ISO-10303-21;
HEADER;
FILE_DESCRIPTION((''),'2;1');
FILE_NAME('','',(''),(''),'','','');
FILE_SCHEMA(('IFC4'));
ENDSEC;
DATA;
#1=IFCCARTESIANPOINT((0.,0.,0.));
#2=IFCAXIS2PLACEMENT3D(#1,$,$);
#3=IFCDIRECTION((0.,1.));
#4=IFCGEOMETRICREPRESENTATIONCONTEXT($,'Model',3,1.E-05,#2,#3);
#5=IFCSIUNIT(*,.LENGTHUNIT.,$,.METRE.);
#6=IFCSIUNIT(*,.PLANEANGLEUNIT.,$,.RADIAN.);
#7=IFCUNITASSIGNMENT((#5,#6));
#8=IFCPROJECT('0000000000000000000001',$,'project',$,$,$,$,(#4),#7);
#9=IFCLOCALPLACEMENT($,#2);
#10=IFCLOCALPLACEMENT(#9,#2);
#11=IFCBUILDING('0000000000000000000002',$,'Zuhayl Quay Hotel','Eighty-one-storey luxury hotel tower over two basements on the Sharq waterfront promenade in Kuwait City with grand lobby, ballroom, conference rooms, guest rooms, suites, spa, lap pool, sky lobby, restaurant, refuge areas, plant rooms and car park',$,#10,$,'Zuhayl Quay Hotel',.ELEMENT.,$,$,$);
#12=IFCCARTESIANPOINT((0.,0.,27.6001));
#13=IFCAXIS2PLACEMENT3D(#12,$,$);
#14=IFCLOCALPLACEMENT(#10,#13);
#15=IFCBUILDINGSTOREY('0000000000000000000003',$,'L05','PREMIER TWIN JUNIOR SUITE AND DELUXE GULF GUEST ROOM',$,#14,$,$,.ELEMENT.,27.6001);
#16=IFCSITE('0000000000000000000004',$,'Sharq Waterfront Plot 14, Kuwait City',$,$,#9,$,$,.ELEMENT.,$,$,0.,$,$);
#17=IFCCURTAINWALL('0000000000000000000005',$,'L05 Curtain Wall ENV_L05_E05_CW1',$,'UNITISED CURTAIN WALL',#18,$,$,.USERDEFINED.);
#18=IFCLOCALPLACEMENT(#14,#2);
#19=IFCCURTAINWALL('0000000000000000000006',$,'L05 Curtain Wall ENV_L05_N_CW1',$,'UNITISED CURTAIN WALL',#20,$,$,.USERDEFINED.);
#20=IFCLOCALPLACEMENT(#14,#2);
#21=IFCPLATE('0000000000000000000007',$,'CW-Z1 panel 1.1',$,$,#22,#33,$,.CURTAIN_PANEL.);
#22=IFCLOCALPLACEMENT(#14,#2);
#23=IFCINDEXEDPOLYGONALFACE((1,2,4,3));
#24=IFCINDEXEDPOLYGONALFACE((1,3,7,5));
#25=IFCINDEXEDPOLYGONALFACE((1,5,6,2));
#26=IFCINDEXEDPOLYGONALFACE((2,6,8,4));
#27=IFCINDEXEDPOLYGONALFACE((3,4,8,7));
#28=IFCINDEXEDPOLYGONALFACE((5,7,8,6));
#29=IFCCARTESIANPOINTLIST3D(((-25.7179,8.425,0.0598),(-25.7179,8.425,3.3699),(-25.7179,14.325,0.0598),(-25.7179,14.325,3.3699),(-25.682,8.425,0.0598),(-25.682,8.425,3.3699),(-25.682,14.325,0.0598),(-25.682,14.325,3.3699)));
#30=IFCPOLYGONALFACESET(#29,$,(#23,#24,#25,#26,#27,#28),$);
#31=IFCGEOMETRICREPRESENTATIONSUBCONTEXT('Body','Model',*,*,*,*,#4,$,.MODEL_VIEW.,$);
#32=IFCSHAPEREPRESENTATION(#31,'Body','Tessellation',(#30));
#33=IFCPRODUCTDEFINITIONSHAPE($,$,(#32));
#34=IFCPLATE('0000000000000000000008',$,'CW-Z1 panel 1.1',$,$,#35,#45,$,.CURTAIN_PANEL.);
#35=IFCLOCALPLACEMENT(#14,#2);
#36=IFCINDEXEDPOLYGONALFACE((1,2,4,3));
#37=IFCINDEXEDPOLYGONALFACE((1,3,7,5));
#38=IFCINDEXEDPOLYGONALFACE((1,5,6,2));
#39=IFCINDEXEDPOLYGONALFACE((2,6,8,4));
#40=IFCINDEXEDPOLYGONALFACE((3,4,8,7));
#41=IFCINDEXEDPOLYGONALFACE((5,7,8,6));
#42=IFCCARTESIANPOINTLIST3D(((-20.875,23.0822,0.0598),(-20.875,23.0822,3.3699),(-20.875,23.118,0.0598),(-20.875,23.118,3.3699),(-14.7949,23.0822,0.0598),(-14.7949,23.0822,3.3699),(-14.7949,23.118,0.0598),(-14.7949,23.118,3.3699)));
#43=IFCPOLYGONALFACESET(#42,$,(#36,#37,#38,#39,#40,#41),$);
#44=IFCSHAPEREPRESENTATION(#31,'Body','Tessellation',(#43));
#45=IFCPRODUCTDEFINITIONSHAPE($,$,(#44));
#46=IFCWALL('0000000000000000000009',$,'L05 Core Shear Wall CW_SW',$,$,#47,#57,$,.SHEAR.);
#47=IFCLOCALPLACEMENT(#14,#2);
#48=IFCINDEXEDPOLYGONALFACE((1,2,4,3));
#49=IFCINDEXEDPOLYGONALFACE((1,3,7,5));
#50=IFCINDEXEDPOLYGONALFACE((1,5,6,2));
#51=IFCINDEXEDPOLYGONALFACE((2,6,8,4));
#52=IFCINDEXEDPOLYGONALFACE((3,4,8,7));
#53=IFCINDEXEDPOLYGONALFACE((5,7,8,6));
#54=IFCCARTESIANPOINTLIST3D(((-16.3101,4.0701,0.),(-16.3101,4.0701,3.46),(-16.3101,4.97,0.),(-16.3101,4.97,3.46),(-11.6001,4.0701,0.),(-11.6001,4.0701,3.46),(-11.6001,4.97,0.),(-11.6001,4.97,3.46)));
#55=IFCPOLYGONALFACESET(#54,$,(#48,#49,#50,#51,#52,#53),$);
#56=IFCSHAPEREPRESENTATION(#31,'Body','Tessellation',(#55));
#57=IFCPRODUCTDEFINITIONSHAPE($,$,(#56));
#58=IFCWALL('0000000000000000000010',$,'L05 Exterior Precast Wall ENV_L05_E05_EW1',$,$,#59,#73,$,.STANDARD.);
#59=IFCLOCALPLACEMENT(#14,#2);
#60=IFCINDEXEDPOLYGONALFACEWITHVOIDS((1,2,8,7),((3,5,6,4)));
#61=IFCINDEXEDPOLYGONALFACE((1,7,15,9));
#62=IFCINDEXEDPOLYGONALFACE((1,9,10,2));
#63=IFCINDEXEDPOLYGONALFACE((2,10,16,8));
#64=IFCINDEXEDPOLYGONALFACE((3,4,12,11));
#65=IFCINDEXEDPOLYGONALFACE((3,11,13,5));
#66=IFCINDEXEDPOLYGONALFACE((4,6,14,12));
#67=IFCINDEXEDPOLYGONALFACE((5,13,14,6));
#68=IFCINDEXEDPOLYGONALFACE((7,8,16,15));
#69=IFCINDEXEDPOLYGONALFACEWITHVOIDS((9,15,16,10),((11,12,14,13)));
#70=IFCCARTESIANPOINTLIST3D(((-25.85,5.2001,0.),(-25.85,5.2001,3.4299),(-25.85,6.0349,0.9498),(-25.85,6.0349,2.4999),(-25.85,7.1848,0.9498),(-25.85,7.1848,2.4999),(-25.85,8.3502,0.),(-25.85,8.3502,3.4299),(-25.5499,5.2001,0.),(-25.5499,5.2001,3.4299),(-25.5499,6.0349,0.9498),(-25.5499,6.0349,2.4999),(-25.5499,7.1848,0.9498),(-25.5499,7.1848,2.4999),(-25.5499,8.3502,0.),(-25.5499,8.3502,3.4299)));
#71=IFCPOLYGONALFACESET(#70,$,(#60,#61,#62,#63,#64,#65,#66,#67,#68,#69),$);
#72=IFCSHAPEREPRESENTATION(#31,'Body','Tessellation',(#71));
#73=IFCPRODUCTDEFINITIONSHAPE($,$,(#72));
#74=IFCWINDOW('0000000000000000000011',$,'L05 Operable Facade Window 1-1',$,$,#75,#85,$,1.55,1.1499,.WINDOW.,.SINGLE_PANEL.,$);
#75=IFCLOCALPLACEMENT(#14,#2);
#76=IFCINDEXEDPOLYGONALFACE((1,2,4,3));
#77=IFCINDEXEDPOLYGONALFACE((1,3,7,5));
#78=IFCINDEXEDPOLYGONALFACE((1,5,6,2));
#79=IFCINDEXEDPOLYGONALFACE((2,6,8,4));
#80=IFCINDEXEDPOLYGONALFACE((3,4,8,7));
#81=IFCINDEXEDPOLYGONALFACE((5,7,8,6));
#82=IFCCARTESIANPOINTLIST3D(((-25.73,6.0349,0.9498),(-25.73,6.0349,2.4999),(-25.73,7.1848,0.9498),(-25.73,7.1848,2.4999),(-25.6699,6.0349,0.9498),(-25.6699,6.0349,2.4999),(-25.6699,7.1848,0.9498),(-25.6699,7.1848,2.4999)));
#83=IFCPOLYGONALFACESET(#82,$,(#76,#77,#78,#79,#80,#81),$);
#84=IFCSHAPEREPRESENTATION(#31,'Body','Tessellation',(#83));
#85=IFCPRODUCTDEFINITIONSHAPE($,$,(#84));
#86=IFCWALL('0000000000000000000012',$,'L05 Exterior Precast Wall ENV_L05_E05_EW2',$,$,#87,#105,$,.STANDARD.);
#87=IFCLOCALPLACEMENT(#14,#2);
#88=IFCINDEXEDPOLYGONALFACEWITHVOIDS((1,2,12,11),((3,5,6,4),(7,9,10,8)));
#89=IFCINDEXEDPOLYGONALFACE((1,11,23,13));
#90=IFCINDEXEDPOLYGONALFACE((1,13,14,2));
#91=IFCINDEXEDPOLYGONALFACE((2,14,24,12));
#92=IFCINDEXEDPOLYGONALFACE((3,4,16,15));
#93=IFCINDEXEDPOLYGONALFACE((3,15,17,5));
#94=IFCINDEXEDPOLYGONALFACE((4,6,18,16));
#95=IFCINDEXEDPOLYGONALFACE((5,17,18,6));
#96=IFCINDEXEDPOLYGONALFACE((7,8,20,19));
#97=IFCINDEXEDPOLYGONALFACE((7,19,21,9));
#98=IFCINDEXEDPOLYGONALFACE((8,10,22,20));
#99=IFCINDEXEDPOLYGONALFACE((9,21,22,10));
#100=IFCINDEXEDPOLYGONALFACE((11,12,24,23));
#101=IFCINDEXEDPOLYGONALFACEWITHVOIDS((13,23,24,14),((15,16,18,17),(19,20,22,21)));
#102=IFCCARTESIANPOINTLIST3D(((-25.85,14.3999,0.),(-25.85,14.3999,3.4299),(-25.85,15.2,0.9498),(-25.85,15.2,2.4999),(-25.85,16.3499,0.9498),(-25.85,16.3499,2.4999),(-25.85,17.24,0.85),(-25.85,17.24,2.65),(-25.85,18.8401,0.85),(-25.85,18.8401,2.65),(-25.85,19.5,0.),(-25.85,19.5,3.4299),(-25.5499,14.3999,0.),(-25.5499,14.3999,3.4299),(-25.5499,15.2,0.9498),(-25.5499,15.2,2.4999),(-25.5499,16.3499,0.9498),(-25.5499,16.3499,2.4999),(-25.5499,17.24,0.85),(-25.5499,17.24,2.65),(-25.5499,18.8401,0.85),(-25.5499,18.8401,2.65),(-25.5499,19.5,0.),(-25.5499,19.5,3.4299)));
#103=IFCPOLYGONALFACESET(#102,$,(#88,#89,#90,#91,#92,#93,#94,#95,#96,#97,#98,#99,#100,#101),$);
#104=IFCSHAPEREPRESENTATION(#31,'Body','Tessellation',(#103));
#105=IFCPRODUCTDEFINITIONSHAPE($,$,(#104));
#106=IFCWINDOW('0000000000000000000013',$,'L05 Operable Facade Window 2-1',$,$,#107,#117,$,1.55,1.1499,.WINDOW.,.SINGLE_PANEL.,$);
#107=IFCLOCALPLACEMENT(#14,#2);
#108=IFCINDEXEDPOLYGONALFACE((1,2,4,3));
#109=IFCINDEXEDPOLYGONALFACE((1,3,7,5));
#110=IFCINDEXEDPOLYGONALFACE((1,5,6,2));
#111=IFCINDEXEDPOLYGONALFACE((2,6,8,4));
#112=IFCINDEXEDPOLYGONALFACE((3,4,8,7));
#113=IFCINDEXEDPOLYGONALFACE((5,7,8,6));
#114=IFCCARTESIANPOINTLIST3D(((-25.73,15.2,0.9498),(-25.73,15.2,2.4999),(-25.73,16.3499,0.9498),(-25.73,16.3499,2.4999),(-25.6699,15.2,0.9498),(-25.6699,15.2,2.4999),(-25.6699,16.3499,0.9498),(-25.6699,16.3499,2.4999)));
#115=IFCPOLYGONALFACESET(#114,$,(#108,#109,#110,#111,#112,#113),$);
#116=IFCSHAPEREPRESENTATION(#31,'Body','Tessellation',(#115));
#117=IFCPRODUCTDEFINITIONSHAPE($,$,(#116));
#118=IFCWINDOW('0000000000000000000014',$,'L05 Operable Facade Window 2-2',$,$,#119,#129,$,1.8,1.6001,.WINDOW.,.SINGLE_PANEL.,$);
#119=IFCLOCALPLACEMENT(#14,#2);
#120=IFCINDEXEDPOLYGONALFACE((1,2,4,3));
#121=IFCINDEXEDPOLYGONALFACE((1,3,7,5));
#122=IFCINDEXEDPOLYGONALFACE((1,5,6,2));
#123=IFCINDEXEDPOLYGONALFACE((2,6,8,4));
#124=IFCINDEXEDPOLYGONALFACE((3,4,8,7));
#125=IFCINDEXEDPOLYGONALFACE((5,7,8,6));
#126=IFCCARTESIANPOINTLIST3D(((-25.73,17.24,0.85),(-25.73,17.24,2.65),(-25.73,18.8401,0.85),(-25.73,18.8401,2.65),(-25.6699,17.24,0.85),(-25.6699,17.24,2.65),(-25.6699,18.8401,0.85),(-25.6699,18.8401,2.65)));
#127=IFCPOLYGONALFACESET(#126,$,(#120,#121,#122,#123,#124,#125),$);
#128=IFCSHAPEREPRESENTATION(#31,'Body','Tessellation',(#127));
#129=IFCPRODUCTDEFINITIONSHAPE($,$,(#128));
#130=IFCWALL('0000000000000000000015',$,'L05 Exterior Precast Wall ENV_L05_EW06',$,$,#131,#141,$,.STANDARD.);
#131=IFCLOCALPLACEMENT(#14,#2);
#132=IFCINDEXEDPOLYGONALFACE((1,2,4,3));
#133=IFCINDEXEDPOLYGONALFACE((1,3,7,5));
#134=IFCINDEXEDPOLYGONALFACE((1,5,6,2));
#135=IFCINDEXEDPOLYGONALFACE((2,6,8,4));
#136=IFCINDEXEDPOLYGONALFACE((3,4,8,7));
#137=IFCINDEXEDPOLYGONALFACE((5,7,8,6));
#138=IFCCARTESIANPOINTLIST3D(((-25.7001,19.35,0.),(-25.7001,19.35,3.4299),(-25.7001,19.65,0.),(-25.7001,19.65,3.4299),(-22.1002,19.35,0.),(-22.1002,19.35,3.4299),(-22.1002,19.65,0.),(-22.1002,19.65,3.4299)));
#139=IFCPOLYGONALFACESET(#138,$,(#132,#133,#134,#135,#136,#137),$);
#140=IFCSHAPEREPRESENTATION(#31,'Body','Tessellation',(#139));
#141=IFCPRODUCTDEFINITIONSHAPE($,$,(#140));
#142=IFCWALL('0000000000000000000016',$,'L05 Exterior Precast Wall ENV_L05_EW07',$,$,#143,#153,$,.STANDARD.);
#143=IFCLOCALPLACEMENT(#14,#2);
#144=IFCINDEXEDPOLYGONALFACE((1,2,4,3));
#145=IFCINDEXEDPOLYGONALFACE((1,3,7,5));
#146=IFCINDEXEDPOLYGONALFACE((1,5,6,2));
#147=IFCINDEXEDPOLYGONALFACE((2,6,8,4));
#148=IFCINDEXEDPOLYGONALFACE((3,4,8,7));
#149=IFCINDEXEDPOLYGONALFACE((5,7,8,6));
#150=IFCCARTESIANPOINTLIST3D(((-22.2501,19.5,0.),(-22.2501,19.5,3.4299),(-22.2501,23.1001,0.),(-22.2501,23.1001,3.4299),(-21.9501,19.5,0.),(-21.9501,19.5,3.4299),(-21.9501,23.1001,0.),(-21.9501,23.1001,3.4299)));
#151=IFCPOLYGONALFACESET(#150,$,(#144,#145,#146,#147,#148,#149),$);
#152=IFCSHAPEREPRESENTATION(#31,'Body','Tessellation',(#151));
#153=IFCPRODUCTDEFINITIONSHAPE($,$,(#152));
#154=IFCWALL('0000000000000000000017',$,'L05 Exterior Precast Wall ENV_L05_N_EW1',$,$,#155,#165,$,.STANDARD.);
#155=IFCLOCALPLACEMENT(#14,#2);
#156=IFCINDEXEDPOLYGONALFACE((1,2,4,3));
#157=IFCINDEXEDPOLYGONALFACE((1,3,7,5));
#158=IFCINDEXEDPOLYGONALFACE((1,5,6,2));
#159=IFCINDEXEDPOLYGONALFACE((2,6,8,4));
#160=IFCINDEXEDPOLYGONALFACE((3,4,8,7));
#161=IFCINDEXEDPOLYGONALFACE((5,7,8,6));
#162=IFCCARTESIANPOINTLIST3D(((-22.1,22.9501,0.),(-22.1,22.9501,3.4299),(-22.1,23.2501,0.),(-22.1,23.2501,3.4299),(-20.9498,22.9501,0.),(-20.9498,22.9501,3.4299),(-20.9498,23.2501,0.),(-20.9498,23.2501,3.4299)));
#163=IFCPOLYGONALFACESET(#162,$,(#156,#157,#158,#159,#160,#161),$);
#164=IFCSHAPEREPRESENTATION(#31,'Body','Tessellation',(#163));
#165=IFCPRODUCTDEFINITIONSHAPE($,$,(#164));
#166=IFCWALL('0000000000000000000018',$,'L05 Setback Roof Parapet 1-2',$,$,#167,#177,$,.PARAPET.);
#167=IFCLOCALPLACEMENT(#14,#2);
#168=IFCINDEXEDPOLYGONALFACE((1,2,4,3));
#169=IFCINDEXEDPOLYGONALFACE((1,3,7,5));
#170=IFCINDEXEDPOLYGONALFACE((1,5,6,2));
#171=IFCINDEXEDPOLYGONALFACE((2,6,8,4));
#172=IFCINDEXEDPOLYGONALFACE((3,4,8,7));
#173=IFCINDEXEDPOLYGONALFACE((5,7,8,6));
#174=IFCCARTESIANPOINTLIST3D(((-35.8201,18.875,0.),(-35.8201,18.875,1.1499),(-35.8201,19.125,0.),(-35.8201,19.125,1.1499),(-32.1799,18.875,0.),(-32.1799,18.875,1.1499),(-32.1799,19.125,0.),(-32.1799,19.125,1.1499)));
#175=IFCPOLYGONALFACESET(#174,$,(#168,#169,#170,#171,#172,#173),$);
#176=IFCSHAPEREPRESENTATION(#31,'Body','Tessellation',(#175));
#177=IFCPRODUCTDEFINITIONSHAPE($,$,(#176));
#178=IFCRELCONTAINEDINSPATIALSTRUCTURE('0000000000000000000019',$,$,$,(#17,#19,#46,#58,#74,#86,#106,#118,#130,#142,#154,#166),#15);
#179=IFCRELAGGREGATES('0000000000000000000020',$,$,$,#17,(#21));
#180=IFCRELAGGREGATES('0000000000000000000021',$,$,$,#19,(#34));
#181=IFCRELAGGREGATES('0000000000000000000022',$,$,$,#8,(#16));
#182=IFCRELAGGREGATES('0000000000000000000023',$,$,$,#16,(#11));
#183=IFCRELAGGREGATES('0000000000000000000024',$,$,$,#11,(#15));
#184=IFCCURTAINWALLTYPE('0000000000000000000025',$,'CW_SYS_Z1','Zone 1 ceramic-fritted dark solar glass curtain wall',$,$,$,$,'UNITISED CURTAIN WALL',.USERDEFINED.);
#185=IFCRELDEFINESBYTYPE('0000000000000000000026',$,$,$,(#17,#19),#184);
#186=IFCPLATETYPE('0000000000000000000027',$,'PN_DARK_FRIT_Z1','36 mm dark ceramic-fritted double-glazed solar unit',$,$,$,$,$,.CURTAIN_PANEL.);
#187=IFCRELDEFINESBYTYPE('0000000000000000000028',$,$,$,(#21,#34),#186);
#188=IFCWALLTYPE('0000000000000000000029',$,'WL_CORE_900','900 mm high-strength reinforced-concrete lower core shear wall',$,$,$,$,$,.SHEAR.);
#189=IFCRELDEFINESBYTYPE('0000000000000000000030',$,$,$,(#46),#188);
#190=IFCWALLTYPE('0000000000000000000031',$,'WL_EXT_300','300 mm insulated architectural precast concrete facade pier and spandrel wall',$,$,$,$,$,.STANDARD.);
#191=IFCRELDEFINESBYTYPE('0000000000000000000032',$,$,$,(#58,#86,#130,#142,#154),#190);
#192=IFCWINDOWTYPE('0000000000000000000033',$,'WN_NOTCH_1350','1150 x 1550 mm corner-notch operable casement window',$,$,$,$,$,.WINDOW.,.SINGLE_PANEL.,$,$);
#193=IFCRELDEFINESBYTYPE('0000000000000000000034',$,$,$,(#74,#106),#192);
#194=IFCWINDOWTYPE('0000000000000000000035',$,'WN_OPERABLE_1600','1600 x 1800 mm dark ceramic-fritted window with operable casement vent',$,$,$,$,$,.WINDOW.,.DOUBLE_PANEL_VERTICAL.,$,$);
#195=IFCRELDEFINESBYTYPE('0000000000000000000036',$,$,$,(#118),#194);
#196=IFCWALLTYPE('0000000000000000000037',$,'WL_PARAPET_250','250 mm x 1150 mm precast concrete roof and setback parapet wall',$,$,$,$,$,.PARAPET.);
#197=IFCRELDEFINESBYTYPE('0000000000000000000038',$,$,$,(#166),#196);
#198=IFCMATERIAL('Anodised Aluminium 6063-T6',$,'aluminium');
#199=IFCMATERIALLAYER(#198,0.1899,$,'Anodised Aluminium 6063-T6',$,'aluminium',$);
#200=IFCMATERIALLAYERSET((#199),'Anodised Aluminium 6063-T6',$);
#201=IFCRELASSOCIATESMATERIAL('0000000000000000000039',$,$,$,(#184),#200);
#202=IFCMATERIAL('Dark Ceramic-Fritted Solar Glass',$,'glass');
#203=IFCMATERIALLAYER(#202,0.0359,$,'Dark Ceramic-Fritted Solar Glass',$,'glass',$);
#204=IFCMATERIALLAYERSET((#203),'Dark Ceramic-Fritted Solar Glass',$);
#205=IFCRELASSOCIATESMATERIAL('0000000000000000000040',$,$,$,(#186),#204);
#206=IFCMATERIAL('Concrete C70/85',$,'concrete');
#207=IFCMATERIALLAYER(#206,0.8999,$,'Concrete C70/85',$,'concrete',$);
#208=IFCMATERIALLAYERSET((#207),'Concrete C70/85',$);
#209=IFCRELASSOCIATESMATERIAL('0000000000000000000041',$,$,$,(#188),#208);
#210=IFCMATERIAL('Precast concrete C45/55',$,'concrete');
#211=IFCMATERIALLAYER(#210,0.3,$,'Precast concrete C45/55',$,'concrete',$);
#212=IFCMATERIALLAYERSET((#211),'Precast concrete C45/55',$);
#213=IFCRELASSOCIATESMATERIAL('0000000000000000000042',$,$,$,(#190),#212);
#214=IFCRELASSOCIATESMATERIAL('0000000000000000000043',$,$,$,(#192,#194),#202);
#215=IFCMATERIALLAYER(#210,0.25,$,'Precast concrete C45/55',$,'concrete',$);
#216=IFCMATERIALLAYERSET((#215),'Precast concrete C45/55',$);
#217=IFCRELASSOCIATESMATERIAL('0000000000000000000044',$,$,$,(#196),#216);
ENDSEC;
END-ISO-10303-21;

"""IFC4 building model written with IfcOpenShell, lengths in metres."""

from ifc_helpers import new_model, si_unit, direction, frame, frame_2d, origin, origin_2d, place, context, subcontext, project, spatial, rectangle, extrude, material, layer, layer_set, type_object, element, fill, aggregate, save


model = new_model("IFC4")

# Units and contexts
model_context = context("Model", 3, precision=1e-05, world=origin(), true_north=direction((0.0, 1.0)))
body_context = subcontext(model_context, "Body", "Model", "MODEL_VIEW")
ifc_project = project(units=[si_unit("LENGTHUNIT", "METRE"), si_unit("PLANEANGLEUNIT", "RADIAN")], contexts=[model_context])

# Site, building, storey
site_placement = place(None, origin())
site = spatial("IfcSite", under=ifc_project, at=site_placement, Name="Sharq Waterfront Plot 14, Kuwait City", CompositionType="ELEMENT", RefElevation=0.0)
building_placement = place(site_placement, origin())
building = spatial("IfcBuilding", under=site, at=building_placement, Name="Zuhayl Quay Hotel", Description="Eighty-one-storey luxury hotel tower over two basements on the Sharq waterfront promenade in Kuwait City with grand lobby, ballroom, conference rooms, guest rooms, suites, spa, lap pool, sky lobby, restaurant, refuge areas, plant rooms and car park", LongName="Zuhayl Quay Hotel", CompositionType="ELEMENT")
storey_placement = place(building_placement, frame((0.0, 0.0, 27.6001)))
storey = spatial("IfcBuildingStorey", under=building, at=storey_placement, Name="L05", Description="PREMIER TWIN JUNIOR SUITE AND DELUXE GULF GUEST ROOM", CompositionType="ELEMENT", Elevation=27.6001)

# Shared definitions
ifc_material_1 = material(Name="Concrete C70/85", Category="concrete")

# Curtain wall
ifc_material_2 = material(Name="Anodised Aluminium 6063-T6", Category="aluminium")
ifc_layer_1 = layer(ifc_material_2, 0.1899, Name="Anodised Aluminium 6063-T6", Category="aluminium")
ifc_layer_set_1 = layer_set([ifc_layer_1], Name="Anodised Aluminium 6063-T6")
curtain_wall_type = type_object("IfcCurtainWallType", Name="CW_SYS_Z1", Description="Zone 1 ceramic-fritted dark solar glass curtain wall", ElementType="UNITISED CURTAIN WALL", PredefinedType="USERDEFINED", material=ifc_layer_set_1)
curtain_wall_1_placement = place(storey_placement, origin())
curtain_wall_1 = element("IfcCurtainWall", 1, at=curtain_wall_1_placement, inside=storey, type_object=curtain_wall_type, Name="L05 Curtain Wall ENV_L05_E05_CW1", ObjectType="UNITISED CURTAIN WALL", PredefinedType="USERDEFINED")

# Curtain wall
curtain_wall_2_placement = place(storey_placement, origin())
curtain_wall_2 = element("IfcCurtainWall", 2, at=curtain_wall_2_placement, inside=storey, type_object=curtain_wall_type, Name="L05 Curtain Wall ENV_L05_N_CW1", ObjectType="UNITISED CURTAIN WALL", PredefinedType="USERDEFINED")

# Plates
ifc_material_3 = material(Name="Dark Ceramic-Fritted Solar Glass", Category="glass")
ifc_layer_2 = layer(ifc_material_3, 0.0359, Name="Dark Ceramic-Fritted Solar Glass", Category="glass")
ifc_layer_set_2 = layer_set([ifc_layer_2], Name="Dark Ceramic-Fritted Solar Glass")
plate_type = type_object("IfcPlateType", Name="PN_DARK_FRIT_Z1", Description="36 mm dark ceramic-fritted double-glazed solar unit", PredefinedType="CURTAIN_PANEL", material=ifc_layer_set_2)
plate_1_placement = place(storey_placement, frame((-25.7, 11.375, 0.0598), z_axis=(0.0, 0.0, 1.0), x_axis=(0.0, 1.0, 0.0)))
plate_1 = element("IfcPlate", 3, at=plate_1_placement, type_object=plate_type, Name="CW-Z1 panel 1.1", PredefinedType="CURTAIN_PANEL", context=body_context, shape_type="SweptSolid", body=[
    extrude(rectangle(XDim=5.8999, YDim=0.0359, at=origin_2d()), origin(), (0.0, 0.0, 1.0), 3.3101),
])
aggregate(curtain_wall_1, [plate_1])
plate_2_placement = place(storey_placement, frame((-17.835, 23.1001, 0.0598), z_axis=(0.0, 0.0, 1.0), x_axis=(1.0, 0.0, 0.0)))
plate_2 = element("IfcPlate", 4, at=plate_2_placement, type_object=plate_type, Name="CW-Z1 panel 1.1", PredefinedType="CURTAIN_PANEL", context=body_context, shape_type="SweptSolid", body=[
    extrude(rectangle(XDim=6.0801, YDim=0.0359, at=origin_2d()), origin(), (0.0, 0.0, 1.0), 3.3101),
])
aggregate(curtain_wall_2, [plate_2])

# Wall
ifc_layer_3 = layer(ifc_material_1, 0.8999, Name="Concrete C70/85", Category="concrete")
ifc_layer_set_3 = layer_set([ifc_layer_3], Name="Concrete C70/85")
wall_type_1 = type_object("IfcWallType", Name="WL_CORE_900", Description="900 mm high-strength reinforced-concrete lower core shear wall", PredefinedType="SHEAR", material=ifc_layer_set_3)
wall_1_placement = place(storey_placement, frame((-16.3101, 4.52, 0.0), z_axis=(0.0, 0.0, 1.0), x_axis=(1.0, 0.0, 0.0)))
element("IfcWall", 5, at=wall_1_placement, inside=storey, type_object=wall_type_1, Name="L05 Core Shear Wall CW_SW", PredefinedType="SHEAR", context=body_context, shape_type="SweptSolid", body=[
    extrude(rectangle(XDim=4.71, YDim=0.8999, at=frame_2d((2.355, 0.0))), origin(), (0.0, 0.0, 1.0), 3.46),
])

# Wall, opening, window
ifc_material_4 = material(Name="Precast concrete C45/55", Category="concrete")
ifc_layer_4 = layer(ifc_material_4, 0.3, Name="Precast concrete C45/55", Category="concrete")
ifc_layer_set_4 = layer_set([ifc_layer_4], Name="Precast concrete C45/55")
wall_type_2 = type_object("IfcWallType", Name="WL_EXT_300", Description="300 mm insulated architectural precast concrete facade pier and spandrel wall", PredefinedType="STANDARD", material=ifc_layer_set_4)
wall_2_placement = place(storey_placement, frame((-25.7, 5.2, 0.0), z_axis=(0.0, 0.0, 1.0), x_axis=(0.0, 1.0, 0.0)))
wall_2 = element("IfcWall", 6, at=wall_2_placement, inside=storey, type_object=wall_type_2, Name="L05 Exterior Precast Wall ENV_L05_E05_EW1", PredefinedType="STANDARD", context=body_context, shape_type="SweptSolid", body=[
    extrude(rectangle(XDim=3.1501, YDim=0.3, at=frame_2d((1.5752, 0.0))), origin(), (0.0, 0.0, 1.0), 3.4299),
])
opening_1_placement = place(wall_2_placement, frame((0.835, 0.0, 0.95)))
opening_1 = element("IfcOpeningElement", 7, at=opening_1_placement, cuts=wall_2, PredefinedType="OPENING", context=body_context, shape_type="SweptSolid", body=[
    extrude(rectangle(XDim=1.1499, YDim=1.55, at=frame_2d((0.575, 0.7749))), frame((0.0, 0.1599, 0.0), z_axis=(0.0, -1.0, 0.0), x_axis=(1.0, 0.0, 0.0)), (0.0, 0.0, 1.0), 0.3201),
])
window_type_1 = type_object("IfcWindowType", Name="WN_NOTCH_1350", Description="1150 x 1550 mm corner-notch operable casement window", PartitioningType="SINGLE_PANEL", PredefinedType="WINDOW", material=ifc_material_3)
window_1_placement = place(opening_1_placement, origin())
window_1 = element("IfcWindow", 8, at=window_1_placement, inside=storey, type_object=window_type_1, Name="L05 Operable Facade Window 1-1", OverallHeight=1.55, OverallWidth=1.1499, PartitioningType="SINGLE_PANEL", PredefinedType="WINDOW", context=body_context, shape_type="SweptSolid", body=[
    extrude(rectangle(XDim=1.1499, YDim=1.55, at=frame_2d((0.575, 0.7749))), frame((0.0, 0.03, 0.0), z_axis=(0.0, -1.0, 0.0), x_axis=(1.0, 0.0, 0.0)), (0.0, 0.0, 1.0), 0.0601),
])
fill(opening_1, window_1)

# Wall, openings, windows
wall_3_placement = place(storey_placement, frame((-25.7, 14.3999, 0.0), z_axis=(0.0, 0.0, 1.0), x_axis=(0.0, 1.0, 0.0)))
wall_3 = element("IfcWall", 9, at=wall_3_placement, inside=storey, type_object=wall_type_2, Name="L05 Exterior Precast Wall ENV_L05_E05_EW2", PredefinedType="STANDARD", context=body_context, shape_type="SweptSolid", body=[
    extrude(rectangle(XDim=5.1001, YDim=0.3, at=frame_2d((2.55, 0.0))), origin(), (0.0, 0.0, 1.0), 3.4299),
])
opening_2_placement = place(wall_3_placement, frame((0.8, 0.0, 0.95)))
opening_2 = element("IfcOpeningElement", 10, at=opening_2_placement, cuts=wall_3, PredefinedType="OPENING", context=body_context, shape_type="SweptSolid", body=[
    extrude(rectangle(XDim=1.1499, YDim=1.55, at=frame_2d((0.575, 0.7749))), frame((0.0, 0.1599, 0.0), z_axis=(0.0, -1.0, 0.0), x_axis=(1.0, 0.0, 0.0)), (0.0, 0.0, 1.0), 0.3201),
])
opening_3_placement = place(wall_3_placement, frame((2.8401, 0.0, 0.8501)))
opening_3 = element("IfcOpeningElement", 11, at=opening_3_placement, cuts=wall_3, PredefinedType="OPENING", context=body_context, shape_type="SweptSolid", body=[
    extrude(rectangle(XDim=1.6001, YDim=1.8, at=frame_2d((0.8, 0.8999))), frame((0.0, 0.1599, 0.0), z_axis=(0.0, -1.0, 0.0), x_axis=(1.0, 0.0, 0.0)), (0.0, 0.0, 1.0), 0.3201),
])
window_2_placement = place(opening_2_placement, origin())
window_2 = element("IfcWindow", 12, at=window_2_placement, inside=storey, type_object=window_type_1, Name="L05 Operable Facade Window 2-1", OverallHeight=1.55, OverallWidth=1.1499, PartitioningType="SINGLE_PANEL", PredefinedType="WINDOW", context=body_context, shape_type="SweptSolid", body=[
    extrude(rectangle(XDim=1.1499, YDim=1.55, at=frame_2d((0.575, 0.7749))), frame((0.0, 0.03, 0.0), z_axis=(0.0, -1.0, 0.0), x_axis=(1.0, 0.0, 0.0)), (0.0, 0.0, 1.0), 0.0601),
])
fill(opening_2, window_2)
window_type_2 = type_object("IfcWindowType", Name="WN_OPERABLE_1600", Description="1600 x 1800 mm dark ceramic-fritted window with operable casement vent", PartitioningType="DOUBLE_PANEL_VERTICAL", PredefinedType="WINDOW", material=ifc_material_3)
window_3_placement = place(opening_3_placement, origin())
window_3 = element("IfcWindow", 13, at=window_3_placement, inside=storey, type_object=window_type_2, Name="L05 Operable Facade Window 2-2", OverallHeight=1.8, OverallWidth=1.6001, PartitioningType="SINGLE_PANEL", PredefinedType="WINDOW", context=body_context, shape_type="SweptSolid", body=[
    extrude(rectangle(XDim=1.6001, YDim=1.8, at=frame_2d((0.8, 0.8999))), frame((0.0, 0.03, 0.0), z_axis=(0.0, -1.0, 0.0), x_axis=(1.0, 0.0, 0.0)), (0.0, 0.0, 1.0), 0.0601),
])
fill(opening_3, window_3)

# Walls
wall_4_placement = place(storey_placement, frame((-25.7, 19.5, 0.0), z_axis=(0.0, 0.0, 1.0), x_axis=(1.0, 0.0, 0.0)))
element("IfcWall", 14, at=wall_4_placement, inside=storey, type_object=wall_type_2, Name="L05 Exterior Precast Wall ENV_L05_EW06", PredefinedType="STANDARD", context=body_context, shape_type="SweptSolid", body=[
    extrude(rectangle(XDim=3.5999, YDim=0.3, at=frame_2d((1.7998, 0.0))), origin(), (0.0, 0.0, 1.0), 3.4299),
])
wall_5_placement = place(storey_placement, frame((-22.1001, 19.5, 0.0), z_axis=(0.0, 0.0, 1.0), x_axis=(0.0, 1.0, 0.0)))
element("IfcWall", 15, at=wall_5_placement, inside=storey, type_object=wall_type_2, Name="L05 Exterior Precast Wall ENV_L05_EW07", PredefinedType="STANDARD", context=body_context, shape_type="SweptSolid", body=[
    extrude(rectangle(XDim=3.6001, YDim=0.3, at=frame_2d((1.8, 0.0))), origin(), (0.0, 0.0, 1.0), 3.4299),
])
wall_6_placement = place(storey_placement, frame((-22.1001, 23.1001, 0.0), z_axis=(0.0, 0.0, 1.0), x_axis=(1.0, 0.0, 0.0)))
element("IfcWall", 16, at=wall_6_placement, inside=storey, type_object=wall_type_2, Name="L05 Exterior Precast Wall ENV_L05_N_EW1", PredefinedType="STANDARD", context=body_context, shape_type="SweptSolid", body=[
    extrude(rectangle(XDim=1.1501, YDim=0.3, at=frame_2d((0.5752, 0.0))), origin(), (0.0, 0.0, 1.0), 3.4299),
])
ifc_layer_5 = layer(ifc_material_4, 0.25, Name="Precast concrete C45/55", Category="concrete")
ifc_layer_set_5 = layer_set([ifc_layer_5], Name="Precast concrete C45/55")
wall_type_3 = type_object("IfcWallType", Name="WL_PARAPET_250", Description="250 mm x 1150 mm precast concrete roof and setback parapet wall", PredefinedType="PARAPET", material=ifc_layer_set_5)
for number, where, z_axis, x_axis, name in (
    (17, (-35.8201, 19.0, 0.0), (0.0, 0.0, 1.0), (1.0, 0.0, 0.0), "L05 Setback Roof Parapet 1-2"),
):
    element("IfcWall", number, at=place(storey_placement, frame(where, z_axis=z_axis, x_axis=x_axis)), inside=storey, type_object=wall_type_3, Name=name, PredefinedType="PARAPET", context=body_context, shape_type="SweptSolid", body=[
        extrude(rectangle(XDim=3.6401, YDim=0.25, at=frame_2d((1.8201, 0.0))), origin(), (0.0, 0.0, 1.0), 1.1499),
    ])

save(model, "model.ifc")
